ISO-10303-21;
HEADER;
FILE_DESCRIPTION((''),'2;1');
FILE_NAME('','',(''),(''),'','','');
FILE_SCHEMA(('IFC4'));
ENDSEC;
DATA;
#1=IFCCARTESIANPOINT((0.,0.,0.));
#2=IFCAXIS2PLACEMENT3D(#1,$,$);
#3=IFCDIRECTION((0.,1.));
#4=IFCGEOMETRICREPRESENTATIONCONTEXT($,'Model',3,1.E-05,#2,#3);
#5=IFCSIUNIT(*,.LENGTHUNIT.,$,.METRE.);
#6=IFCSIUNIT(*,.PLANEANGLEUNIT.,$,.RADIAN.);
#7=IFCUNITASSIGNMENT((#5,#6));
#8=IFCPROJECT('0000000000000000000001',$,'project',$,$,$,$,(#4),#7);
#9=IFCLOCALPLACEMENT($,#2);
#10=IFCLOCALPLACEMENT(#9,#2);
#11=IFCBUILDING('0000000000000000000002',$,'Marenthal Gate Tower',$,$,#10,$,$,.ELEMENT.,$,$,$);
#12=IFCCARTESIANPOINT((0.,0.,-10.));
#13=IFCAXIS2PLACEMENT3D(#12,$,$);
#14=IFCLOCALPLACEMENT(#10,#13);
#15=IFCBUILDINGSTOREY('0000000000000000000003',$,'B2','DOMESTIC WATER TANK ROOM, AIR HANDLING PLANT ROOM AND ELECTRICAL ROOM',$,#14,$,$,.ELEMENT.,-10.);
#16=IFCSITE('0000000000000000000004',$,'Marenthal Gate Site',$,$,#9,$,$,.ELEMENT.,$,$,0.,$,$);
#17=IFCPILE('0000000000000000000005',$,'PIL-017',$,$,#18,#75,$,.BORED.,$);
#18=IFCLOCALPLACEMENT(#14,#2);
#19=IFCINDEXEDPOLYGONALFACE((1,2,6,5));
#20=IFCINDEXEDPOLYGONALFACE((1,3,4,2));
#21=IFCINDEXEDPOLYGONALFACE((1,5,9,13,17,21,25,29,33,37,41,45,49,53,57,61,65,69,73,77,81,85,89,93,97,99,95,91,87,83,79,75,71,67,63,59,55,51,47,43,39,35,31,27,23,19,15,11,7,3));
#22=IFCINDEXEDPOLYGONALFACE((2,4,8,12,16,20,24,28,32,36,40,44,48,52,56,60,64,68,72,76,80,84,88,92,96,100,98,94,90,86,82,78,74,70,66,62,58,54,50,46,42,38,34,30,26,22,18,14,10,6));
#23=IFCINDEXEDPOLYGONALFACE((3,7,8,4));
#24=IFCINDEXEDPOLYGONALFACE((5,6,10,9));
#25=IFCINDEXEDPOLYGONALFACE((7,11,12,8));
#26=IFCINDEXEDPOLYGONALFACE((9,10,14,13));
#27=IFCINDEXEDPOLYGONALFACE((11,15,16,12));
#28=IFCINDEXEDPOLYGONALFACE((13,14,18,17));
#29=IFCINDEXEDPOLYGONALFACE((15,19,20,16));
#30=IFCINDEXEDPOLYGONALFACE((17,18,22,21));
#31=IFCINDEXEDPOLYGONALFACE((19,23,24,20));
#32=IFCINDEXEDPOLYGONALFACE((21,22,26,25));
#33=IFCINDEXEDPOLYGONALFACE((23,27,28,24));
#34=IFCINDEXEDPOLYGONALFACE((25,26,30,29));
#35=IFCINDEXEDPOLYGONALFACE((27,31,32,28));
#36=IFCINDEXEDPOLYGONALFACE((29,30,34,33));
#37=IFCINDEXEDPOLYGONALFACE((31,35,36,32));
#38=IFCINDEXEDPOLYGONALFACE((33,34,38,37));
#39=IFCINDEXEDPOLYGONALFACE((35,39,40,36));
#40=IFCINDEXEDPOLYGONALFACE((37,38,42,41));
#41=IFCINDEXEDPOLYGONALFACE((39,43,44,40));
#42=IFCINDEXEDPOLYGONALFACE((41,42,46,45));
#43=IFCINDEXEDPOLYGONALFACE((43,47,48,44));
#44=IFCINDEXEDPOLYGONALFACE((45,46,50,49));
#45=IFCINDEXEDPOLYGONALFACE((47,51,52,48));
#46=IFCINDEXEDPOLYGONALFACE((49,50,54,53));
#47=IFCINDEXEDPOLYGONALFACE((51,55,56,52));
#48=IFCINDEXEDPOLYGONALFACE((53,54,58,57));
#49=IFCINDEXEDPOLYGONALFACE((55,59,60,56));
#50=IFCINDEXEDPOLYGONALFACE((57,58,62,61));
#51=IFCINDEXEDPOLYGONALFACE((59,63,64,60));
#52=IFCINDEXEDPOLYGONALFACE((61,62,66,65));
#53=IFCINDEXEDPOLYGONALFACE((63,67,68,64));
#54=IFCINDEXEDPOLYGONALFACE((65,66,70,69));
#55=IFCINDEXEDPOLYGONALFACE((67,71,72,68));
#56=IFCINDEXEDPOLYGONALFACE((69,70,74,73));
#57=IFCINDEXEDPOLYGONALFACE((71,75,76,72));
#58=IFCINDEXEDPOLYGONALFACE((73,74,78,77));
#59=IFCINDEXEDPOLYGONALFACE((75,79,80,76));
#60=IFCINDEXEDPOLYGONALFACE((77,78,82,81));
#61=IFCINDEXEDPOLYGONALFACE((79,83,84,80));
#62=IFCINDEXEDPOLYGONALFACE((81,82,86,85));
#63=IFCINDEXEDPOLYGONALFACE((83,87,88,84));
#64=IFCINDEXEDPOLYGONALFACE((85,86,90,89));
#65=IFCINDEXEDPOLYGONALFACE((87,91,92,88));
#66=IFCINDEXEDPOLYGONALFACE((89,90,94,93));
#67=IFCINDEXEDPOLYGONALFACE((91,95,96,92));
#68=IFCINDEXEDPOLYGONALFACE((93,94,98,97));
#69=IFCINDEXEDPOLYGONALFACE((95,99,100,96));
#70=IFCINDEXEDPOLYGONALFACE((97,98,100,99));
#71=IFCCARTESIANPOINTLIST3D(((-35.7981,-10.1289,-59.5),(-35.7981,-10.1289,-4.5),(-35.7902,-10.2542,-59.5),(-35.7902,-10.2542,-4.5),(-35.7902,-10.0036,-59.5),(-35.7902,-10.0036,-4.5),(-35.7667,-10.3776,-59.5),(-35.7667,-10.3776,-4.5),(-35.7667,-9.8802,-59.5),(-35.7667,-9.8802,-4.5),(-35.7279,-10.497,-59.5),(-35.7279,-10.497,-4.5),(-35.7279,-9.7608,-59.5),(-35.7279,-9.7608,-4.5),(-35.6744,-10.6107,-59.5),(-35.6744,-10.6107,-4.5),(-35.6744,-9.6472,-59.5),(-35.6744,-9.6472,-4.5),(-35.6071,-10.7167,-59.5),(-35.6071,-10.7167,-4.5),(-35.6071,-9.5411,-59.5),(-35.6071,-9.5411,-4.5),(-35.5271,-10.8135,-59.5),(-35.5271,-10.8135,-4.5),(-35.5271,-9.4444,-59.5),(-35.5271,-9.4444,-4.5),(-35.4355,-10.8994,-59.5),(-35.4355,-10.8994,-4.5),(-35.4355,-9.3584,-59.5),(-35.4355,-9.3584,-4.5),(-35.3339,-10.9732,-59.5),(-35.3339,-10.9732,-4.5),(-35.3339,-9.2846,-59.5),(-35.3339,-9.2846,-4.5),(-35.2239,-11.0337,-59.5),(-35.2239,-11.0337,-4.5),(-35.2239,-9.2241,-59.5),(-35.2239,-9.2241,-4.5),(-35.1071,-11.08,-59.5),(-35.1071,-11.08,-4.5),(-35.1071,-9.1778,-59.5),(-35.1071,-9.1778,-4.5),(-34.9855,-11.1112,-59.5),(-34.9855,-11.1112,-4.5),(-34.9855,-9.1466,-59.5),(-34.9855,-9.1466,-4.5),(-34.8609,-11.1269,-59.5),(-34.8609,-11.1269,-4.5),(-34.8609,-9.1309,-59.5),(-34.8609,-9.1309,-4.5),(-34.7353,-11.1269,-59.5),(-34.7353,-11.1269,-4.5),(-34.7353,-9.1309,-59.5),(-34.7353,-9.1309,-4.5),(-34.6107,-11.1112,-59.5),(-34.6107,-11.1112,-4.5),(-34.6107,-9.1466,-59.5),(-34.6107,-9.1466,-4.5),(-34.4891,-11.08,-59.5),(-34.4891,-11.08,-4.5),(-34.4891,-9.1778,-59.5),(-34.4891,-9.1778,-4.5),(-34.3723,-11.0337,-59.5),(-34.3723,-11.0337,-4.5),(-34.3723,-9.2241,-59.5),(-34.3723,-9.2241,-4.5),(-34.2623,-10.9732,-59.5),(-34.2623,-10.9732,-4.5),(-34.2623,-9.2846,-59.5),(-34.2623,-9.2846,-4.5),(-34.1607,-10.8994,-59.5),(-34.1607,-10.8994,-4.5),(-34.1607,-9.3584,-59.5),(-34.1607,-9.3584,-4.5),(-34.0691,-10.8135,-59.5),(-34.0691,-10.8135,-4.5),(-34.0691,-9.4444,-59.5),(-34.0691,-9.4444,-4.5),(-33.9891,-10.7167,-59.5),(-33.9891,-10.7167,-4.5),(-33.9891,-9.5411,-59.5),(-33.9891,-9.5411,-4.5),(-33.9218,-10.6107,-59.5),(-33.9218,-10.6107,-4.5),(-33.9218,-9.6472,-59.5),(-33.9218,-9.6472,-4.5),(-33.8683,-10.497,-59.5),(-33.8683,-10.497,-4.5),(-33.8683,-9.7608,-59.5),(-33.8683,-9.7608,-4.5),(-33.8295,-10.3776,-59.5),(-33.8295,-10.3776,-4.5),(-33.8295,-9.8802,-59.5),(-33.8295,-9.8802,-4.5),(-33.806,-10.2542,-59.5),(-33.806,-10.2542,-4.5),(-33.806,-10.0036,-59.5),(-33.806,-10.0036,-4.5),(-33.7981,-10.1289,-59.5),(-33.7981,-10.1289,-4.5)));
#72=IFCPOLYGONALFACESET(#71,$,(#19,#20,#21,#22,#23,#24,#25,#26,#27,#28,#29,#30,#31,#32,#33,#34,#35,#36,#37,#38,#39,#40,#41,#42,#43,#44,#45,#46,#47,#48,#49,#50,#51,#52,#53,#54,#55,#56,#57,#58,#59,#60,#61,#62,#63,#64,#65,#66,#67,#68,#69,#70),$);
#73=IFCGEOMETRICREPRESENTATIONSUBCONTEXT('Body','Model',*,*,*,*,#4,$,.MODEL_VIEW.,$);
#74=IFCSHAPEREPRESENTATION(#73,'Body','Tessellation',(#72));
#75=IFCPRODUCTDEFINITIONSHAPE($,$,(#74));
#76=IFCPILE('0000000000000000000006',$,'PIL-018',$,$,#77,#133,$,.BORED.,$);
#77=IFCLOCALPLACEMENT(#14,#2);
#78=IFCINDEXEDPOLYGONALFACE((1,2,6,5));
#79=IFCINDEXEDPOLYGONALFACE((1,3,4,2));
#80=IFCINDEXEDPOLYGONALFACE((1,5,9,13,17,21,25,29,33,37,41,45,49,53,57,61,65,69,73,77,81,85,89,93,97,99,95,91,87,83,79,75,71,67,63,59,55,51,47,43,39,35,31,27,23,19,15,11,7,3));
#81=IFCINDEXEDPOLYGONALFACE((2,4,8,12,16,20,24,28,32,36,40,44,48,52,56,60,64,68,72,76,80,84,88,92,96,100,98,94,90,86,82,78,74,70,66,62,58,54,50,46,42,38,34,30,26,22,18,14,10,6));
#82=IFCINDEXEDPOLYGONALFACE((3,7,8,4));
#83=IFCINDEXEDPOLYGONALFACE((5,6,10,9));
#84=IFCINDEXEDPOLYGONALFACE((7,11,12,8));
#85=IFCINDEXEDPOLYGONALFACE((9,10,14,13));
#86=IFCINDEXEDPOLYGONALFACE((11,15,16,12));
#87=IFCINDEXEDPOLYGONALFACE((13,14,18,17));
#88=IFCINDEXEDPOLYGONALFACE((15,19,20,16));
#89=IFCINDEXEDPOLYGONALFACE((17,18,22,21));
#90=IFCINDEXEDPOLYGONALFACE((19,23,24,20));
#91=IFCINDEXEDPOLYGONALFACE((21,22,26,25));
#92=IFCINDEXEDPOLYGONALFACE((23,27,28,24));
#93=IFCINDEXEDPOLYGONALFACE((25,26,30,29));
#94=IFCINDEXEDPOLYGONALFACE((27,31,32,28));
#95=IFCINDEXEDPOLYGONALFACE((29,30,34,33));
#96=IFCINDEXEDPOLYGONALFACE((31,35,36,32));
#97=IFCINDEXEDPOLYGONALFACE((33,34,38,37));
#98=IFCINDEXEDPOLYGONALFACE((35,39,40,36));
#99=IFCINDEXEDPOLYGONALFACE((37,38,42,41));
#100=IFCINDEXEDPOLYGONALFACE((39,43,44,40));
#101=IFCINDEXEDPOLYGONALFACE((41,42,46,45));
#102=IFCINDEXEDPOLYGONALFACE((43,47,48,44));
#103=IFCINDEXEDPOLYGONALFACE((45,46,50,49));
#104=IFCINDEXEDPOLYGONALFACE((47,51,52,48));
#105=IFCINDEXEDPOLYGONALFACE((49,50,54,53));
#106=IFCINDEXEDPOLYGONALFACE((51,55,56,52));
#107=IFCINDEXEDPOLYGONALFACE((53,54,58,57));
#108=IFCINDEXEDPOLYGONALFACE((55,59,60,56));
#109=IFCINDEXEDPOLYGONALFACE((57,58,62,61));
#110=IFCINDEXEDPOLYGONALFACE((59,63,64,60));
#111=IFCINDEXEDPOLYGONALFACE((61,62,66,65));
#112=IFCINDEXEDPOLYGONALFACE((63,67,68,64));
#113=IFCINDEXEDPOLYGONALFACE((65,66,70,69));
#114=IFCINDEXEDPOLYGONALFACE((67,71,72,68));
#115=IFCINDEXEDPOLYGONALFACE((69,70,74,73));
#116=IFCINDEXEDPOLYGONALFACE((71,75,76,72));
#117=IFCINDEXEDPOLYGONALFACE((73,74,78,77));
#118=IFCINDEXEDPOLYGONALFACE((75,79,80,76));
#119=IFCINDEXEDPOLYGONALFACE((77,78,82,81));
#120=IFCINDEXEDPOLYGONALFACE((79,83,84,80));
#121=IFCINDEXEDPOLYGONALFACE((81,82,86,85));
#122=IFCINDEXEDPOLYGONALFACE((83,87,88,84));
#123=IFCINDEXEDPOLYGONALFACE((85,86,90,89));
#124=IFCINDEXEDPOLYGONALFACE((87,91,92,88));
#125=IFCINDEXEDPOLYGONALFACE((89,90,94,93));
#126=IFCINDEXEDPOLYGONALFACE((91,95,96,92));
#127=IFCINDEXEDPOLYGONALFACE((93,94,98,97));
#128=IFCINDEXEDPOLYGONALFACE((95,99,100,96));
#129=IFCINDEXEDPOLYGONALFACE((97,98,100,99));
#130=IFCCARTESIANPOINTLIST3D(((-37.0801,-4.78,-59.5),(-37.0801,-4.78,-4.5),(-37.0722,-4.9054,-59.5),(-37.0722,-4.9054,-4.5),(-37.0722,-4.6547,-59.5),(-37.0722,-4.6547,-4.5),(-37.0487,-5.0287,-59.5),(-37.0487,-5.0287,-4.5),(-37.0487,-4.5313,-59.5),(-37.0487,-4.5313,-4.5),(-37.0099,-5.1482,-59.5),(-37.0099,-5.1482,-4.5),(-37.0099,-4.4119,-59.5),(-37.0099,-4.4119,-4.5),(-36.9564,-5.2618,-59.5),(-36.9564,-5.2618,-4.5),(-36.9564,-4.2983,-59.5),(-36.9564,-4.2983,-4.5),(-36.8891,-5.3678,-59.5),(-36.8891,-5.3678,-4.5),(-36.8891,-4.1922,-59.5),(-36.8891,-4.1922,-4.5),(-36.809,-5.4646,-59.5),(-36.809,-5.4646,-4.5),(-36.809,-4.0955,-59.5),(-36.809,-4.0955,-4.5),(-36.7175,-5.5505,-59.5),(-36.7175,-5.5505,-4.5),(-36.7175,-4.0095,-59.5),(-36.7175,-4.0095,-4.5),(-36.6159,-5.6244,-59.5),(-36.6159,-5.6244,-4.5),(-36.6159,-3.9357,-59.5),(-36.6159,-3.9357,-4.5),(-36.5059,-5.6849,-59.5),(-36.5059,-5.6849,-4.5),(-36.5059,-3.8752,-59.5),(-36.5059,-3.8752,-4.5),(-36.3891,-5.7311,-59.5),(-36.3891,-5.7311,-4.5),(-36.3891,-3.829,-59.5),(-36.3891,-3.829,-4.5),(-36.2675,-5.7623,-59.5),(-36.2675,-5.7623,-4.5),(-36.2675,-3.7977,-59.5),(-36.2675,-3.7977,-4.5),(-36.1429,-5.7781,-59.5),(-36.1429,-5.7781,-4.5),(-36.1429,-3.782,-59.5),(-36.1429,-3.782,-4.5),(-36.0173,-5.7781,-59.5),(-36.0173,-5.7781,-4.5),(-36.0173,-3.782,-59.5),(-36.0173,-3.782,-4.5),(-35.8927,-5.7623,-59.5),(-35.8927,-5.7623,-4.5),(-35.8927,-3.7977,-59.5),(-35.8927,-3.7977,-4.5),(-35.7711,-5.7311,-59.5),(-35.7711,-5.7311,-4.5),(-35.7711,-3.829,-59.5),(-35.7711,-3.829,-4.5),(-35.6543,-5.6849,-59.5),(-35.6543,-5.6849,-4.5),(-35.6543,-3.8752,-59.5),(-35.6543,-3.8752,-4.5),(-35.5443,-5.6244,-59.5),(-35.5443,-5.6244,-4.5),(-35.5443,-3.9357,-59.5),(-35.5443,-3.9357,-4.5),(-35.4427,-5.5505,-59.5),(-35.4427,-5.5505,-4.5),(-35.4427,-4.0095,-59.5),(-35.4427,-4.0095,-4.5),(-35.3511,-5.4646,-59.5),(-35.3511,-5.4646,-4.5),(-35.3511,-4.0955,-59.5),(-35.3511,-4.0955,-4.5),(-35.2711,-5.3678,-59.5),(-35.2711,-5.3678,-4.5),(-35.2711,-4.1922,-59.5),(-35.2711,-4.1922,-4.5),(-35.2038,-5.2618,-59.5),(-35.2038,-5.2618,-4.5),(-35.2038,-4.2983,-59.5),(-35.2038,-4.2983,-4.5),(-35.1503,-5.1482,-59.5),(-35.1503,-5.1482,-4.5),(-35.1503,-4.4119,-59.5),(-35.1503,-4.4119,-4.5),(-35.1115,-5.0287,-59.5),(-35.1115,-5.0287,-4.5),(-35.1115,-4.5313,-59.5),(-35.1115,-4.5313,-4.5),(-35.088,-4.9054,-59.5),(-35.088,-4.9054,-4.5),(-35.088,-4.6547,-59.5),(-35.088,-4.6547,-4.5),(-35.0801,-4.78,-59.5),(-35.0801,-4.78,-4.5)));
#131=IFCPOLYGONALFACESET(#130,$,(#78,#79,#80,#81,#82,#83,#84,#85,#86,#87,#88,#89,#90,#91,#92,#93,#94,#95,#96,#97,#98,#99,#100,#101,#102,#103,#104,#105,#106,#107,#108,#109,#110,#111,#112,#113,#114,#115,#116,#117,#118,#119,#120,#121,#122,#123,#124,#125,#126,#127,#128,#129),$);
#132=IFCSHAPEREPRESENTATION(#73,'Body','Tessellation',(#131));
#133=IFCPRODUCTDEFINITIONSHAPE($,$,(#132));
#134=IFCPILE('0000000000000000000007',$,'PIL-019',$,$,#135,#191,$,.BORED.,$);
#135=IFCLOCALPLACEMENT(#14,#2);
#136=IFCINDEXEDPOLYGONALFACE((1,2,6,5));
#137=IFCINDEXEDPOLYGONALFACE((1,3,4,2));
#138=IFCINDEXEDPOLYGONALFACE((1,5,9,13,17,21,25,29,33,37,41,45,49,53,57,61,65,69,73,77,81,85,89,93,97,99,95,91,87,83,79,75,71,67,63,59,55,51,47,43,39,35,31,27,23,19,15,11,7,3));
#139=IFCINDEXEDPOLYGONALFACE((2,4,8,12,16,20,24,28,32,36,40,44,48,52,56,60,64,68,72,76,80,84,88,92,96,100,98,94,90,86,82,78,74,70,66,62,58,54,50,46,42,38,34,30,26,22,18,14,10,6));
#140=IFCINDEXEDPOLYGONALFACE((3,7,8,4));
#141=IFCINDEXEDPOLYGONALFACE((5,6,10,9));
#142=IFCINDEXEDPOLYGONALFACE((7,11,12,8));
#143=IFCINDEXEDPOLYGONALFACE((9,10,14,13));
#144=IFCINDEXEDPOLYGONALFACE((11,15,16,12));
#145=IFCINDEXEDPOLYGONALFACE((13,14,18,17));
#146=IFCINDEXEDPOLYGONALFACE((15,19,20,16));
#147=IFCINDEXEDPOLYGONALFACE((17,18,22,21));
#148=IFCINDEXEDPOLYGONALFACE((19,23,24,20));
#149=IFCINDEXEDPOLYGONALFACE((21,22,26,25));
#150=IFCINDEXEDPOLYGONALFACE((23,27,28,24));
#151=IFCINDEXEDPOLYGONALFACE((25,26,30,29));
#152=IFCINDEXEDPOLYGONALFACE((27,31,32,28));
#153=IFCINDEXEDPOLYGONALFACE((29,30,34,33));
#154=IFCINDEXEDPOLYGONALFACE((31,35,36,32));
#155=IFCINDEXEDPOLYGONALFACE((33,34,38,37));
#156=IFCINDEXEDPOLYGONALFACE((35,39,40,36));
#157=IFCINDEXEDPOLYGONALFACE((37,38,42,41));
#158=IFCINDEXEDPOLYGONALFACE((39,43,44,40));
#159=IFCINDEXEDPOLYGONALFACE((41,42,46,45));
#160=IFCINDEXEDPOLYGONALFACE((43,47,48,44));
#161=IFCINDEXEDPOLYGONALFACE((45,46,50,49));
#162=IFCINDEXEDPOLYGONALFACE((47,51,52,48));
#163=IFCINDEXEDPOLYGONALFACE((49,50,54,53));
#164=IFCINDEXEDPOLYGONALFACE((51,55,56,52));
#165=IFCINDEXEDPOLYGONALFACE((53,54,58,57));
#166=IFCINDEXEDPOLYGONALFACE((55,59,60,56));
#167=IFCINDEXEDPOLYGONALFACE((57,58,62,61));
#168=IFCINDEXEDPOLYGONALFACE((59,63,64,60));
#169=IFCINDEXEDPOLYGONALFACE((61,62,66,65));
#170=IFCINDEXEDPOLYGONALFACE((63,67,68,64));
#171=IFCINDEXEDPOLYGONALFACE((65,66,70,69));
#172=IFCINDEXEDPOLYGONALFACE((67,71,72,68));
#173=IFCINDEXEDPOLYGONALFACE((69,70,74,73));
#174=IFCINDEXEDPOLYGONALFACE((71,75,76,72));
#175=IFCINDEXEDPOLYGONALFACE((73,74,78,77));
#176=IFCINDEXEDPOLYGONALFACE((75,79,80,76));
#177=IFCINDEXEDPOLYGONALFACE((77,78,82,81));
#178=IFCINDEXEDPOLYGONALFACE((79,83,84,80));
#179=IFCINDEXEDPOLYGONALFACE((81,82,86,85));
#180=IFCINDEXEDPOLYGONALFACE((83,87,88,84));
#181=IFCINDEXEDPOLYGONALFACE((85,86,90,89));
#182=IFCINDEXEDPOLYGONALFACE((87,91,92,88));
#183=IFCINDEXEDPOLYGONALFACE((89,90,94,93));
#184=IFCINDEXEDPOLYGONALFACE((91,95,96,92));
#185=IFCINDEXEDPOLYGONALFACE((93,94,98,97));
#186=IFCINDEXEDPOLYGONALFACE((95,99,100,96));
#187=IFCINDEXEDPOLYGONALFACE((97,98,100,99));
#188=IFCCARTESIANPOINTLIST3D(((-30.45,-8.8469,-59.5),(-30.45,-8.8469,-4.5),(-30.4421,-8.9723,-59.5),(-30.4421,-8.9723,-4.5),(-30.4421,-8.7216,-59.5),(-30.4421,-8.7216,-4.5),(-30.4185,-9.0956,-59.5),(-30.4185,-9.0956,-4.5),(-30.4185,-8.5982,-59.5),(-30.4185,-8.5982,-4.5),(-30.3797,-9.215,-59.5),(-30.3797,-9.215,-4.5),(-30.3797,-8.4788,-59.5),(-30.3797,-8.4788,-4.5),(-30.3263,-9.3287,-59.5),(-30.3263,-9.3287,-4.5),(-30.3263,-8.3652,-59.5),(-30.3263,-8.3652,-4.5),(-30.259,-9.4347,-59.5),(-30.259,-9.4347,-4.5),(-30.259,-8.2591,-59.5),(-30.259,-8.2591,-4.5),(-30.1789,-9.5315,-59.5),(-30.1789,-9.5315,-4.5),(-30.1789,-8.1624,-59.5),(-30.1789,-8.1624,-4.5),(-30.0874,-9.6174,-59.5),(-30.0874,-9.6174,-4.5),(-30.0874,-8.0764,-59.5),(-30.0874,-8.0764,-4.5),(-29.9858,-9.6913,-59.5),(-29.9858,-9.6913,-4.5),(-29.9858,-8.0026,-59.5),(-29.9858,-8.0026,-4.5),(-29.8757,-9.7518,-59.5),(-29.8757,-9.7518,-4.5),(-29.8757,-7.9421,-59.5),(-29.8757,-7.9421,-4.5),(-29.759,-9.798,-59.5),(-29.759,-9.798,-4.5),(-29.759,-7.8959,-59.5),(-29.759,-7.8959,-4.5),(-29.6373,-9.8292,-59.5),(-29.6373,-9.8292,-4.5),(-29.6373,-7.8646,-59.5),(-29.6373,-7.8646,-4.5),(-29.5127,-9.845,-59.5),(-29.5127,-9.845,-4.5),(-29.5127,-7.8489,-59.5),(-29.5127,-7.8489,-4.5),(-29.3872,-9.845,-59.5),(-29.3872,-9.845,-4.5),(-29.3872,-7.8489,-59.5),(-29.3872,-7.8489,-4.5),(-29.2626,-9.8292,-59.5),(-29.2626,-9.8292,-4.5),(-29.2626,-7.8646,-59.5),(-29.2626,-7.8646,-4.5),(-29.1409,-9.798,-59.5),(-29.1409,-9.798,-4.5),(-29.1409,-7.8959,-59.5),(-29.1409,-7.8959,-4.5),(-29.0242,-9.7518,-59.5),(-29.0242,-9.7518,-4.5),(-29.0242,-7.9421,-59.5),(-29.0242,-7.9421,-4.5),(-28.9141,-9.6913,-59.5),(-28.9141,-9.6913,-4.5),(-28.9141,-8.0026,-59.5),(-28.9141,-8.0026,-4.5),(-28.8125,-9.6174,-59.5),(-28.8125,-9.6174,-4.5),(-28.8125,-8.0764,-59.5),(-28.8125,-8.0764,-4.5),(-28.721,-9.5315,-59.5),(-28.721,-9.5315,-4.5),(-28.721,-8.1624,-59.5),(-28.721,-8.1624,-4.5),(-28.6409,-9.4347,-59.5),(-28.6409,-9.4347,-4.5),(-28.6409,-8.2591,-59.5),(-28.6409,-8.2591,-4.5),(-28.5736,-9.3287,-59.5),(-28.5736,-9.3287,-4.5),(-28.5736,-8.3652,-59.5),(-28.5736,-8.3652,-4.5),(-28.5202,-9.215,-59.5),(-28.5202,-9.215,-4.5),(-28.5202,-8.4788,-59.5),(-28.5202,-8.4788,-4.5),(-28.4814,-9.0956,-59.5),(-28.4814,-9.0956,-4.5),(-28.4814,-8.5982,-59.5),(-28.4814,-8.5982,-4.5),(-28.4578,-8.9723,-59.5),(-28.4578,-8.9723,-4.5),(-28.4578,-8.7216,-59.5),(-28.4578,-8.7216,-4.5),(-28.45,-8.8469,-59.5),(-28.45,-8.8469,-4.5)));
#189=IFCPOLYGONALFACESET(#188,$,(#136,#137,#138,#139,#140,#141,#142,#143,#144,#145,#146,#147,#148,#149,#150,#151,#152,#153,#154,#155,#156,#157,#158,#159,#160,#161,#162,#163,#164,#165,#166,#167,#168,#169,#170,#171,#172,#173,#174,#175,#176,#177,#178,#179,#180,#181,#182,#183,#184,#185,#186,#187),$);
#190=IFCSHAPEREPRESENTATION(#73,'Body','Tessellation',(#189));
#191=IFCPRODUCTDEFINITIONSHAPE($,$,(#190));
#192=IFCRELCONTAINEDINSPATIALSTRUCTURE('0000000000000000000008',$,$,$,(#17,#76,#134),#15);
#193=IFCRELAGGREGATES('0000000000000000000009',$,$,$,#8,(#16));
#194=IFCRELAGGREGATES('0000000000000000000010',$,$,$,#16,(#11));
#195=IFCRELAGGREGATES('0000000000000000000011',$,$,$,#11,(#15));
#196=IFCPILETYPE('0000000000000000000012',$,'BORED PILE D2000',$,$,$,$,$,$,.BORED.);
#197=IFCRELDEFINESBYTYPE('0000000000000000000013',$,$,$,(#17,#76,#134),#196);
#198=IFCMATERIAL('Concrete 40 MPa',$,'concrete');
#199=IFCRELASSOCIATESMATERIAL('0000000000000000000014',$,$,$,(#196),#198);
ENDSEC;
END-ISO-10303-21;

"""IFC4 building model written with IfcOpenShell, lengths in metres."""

from ifc_helpers import new_model, si_unit, direction, frame, origin, origin_2d, place, context, subcontext, project, spatial, circle, extrude, material, type_object, element, save


model = new_model("IFC4")

# Units and contexts
model_context = context("Model", 3, precision=1e-05, world=origin(), true_north=direction((0.0, 1.0)))
body_context = subcontext(model_context, "Body", "Model", "MODEL_VIEW")
ifc_project = project(units=[si_unit("LENGTHUNIT", "METRE"), si_unit("PLANEANGLEUNIT", "RADIAN")], contexts=[model_context])

# Site, building, storey
site_placement = place(None, origin())
site = spatial("IfcSite", under=ifc_project, at=site_placement, Name="Marenthal Gate Site", CompositionType="ELEMENT", RefElevation=0.0)
building_placement = place(site_placement, origin())
building = spatial("IfcBuilding", under=site, at=building_placement, Name="Marenthal Gate Tower", CompositionType="ELEMENT")
storey_placement = place(building_placement, frame((0.0, 0.0, -10.0)))
storey = spatial("IfcBuildingStorey", under=building, at=storey_placement, Name="B2", Description="DOMESTIC WATER TANK ROOM, AIR HANDLING PLANT ROOM AND ELECTRICAL ROOM", CompositionType="ELEMENT", Elevation=-10.0)

# Piles
ifc_material_1 = material(Name="Concrete 40 MPa", Category="concrete")
pile_type = type_object("IfcPileType", Name="BORED PILE D2000", PredefinedType="BORED", material=ifc_material_1)
for number, where, z_axis, x_axis, name in (
    (1, (-34.7981, -10.1289, -4.5), (0.0, 0.0, -1.0), (1.0, 0.0, 0.0), "PIL-017"),
    (2, (-36.0801, -4.78, -4.5), (0.0, 0.0, -1.0), (1.0, 0.0, 0.0), "PIL-018"),
    (3, (-29.45, -8.8469, -4.5), (0.0, 0.0, -1.0), (1.0, 0.0, 0.0), "PIL-019"),
):
    element("IfcPile", number, at=place(storey_placement, frame(where, z_axis=z_axis, x_axis=x_axis)), inside=storey, type_object=pile_type, Name=name, PredefinedType="BORED", context=body_context, shape_type="SweptSolid", body=[
        extrude(circle(Radius=1.0, at=origin_2d()), origin(), (0.0, 0.0, 1.0), 55.0),
    ])

save(model, "model.ifc")
